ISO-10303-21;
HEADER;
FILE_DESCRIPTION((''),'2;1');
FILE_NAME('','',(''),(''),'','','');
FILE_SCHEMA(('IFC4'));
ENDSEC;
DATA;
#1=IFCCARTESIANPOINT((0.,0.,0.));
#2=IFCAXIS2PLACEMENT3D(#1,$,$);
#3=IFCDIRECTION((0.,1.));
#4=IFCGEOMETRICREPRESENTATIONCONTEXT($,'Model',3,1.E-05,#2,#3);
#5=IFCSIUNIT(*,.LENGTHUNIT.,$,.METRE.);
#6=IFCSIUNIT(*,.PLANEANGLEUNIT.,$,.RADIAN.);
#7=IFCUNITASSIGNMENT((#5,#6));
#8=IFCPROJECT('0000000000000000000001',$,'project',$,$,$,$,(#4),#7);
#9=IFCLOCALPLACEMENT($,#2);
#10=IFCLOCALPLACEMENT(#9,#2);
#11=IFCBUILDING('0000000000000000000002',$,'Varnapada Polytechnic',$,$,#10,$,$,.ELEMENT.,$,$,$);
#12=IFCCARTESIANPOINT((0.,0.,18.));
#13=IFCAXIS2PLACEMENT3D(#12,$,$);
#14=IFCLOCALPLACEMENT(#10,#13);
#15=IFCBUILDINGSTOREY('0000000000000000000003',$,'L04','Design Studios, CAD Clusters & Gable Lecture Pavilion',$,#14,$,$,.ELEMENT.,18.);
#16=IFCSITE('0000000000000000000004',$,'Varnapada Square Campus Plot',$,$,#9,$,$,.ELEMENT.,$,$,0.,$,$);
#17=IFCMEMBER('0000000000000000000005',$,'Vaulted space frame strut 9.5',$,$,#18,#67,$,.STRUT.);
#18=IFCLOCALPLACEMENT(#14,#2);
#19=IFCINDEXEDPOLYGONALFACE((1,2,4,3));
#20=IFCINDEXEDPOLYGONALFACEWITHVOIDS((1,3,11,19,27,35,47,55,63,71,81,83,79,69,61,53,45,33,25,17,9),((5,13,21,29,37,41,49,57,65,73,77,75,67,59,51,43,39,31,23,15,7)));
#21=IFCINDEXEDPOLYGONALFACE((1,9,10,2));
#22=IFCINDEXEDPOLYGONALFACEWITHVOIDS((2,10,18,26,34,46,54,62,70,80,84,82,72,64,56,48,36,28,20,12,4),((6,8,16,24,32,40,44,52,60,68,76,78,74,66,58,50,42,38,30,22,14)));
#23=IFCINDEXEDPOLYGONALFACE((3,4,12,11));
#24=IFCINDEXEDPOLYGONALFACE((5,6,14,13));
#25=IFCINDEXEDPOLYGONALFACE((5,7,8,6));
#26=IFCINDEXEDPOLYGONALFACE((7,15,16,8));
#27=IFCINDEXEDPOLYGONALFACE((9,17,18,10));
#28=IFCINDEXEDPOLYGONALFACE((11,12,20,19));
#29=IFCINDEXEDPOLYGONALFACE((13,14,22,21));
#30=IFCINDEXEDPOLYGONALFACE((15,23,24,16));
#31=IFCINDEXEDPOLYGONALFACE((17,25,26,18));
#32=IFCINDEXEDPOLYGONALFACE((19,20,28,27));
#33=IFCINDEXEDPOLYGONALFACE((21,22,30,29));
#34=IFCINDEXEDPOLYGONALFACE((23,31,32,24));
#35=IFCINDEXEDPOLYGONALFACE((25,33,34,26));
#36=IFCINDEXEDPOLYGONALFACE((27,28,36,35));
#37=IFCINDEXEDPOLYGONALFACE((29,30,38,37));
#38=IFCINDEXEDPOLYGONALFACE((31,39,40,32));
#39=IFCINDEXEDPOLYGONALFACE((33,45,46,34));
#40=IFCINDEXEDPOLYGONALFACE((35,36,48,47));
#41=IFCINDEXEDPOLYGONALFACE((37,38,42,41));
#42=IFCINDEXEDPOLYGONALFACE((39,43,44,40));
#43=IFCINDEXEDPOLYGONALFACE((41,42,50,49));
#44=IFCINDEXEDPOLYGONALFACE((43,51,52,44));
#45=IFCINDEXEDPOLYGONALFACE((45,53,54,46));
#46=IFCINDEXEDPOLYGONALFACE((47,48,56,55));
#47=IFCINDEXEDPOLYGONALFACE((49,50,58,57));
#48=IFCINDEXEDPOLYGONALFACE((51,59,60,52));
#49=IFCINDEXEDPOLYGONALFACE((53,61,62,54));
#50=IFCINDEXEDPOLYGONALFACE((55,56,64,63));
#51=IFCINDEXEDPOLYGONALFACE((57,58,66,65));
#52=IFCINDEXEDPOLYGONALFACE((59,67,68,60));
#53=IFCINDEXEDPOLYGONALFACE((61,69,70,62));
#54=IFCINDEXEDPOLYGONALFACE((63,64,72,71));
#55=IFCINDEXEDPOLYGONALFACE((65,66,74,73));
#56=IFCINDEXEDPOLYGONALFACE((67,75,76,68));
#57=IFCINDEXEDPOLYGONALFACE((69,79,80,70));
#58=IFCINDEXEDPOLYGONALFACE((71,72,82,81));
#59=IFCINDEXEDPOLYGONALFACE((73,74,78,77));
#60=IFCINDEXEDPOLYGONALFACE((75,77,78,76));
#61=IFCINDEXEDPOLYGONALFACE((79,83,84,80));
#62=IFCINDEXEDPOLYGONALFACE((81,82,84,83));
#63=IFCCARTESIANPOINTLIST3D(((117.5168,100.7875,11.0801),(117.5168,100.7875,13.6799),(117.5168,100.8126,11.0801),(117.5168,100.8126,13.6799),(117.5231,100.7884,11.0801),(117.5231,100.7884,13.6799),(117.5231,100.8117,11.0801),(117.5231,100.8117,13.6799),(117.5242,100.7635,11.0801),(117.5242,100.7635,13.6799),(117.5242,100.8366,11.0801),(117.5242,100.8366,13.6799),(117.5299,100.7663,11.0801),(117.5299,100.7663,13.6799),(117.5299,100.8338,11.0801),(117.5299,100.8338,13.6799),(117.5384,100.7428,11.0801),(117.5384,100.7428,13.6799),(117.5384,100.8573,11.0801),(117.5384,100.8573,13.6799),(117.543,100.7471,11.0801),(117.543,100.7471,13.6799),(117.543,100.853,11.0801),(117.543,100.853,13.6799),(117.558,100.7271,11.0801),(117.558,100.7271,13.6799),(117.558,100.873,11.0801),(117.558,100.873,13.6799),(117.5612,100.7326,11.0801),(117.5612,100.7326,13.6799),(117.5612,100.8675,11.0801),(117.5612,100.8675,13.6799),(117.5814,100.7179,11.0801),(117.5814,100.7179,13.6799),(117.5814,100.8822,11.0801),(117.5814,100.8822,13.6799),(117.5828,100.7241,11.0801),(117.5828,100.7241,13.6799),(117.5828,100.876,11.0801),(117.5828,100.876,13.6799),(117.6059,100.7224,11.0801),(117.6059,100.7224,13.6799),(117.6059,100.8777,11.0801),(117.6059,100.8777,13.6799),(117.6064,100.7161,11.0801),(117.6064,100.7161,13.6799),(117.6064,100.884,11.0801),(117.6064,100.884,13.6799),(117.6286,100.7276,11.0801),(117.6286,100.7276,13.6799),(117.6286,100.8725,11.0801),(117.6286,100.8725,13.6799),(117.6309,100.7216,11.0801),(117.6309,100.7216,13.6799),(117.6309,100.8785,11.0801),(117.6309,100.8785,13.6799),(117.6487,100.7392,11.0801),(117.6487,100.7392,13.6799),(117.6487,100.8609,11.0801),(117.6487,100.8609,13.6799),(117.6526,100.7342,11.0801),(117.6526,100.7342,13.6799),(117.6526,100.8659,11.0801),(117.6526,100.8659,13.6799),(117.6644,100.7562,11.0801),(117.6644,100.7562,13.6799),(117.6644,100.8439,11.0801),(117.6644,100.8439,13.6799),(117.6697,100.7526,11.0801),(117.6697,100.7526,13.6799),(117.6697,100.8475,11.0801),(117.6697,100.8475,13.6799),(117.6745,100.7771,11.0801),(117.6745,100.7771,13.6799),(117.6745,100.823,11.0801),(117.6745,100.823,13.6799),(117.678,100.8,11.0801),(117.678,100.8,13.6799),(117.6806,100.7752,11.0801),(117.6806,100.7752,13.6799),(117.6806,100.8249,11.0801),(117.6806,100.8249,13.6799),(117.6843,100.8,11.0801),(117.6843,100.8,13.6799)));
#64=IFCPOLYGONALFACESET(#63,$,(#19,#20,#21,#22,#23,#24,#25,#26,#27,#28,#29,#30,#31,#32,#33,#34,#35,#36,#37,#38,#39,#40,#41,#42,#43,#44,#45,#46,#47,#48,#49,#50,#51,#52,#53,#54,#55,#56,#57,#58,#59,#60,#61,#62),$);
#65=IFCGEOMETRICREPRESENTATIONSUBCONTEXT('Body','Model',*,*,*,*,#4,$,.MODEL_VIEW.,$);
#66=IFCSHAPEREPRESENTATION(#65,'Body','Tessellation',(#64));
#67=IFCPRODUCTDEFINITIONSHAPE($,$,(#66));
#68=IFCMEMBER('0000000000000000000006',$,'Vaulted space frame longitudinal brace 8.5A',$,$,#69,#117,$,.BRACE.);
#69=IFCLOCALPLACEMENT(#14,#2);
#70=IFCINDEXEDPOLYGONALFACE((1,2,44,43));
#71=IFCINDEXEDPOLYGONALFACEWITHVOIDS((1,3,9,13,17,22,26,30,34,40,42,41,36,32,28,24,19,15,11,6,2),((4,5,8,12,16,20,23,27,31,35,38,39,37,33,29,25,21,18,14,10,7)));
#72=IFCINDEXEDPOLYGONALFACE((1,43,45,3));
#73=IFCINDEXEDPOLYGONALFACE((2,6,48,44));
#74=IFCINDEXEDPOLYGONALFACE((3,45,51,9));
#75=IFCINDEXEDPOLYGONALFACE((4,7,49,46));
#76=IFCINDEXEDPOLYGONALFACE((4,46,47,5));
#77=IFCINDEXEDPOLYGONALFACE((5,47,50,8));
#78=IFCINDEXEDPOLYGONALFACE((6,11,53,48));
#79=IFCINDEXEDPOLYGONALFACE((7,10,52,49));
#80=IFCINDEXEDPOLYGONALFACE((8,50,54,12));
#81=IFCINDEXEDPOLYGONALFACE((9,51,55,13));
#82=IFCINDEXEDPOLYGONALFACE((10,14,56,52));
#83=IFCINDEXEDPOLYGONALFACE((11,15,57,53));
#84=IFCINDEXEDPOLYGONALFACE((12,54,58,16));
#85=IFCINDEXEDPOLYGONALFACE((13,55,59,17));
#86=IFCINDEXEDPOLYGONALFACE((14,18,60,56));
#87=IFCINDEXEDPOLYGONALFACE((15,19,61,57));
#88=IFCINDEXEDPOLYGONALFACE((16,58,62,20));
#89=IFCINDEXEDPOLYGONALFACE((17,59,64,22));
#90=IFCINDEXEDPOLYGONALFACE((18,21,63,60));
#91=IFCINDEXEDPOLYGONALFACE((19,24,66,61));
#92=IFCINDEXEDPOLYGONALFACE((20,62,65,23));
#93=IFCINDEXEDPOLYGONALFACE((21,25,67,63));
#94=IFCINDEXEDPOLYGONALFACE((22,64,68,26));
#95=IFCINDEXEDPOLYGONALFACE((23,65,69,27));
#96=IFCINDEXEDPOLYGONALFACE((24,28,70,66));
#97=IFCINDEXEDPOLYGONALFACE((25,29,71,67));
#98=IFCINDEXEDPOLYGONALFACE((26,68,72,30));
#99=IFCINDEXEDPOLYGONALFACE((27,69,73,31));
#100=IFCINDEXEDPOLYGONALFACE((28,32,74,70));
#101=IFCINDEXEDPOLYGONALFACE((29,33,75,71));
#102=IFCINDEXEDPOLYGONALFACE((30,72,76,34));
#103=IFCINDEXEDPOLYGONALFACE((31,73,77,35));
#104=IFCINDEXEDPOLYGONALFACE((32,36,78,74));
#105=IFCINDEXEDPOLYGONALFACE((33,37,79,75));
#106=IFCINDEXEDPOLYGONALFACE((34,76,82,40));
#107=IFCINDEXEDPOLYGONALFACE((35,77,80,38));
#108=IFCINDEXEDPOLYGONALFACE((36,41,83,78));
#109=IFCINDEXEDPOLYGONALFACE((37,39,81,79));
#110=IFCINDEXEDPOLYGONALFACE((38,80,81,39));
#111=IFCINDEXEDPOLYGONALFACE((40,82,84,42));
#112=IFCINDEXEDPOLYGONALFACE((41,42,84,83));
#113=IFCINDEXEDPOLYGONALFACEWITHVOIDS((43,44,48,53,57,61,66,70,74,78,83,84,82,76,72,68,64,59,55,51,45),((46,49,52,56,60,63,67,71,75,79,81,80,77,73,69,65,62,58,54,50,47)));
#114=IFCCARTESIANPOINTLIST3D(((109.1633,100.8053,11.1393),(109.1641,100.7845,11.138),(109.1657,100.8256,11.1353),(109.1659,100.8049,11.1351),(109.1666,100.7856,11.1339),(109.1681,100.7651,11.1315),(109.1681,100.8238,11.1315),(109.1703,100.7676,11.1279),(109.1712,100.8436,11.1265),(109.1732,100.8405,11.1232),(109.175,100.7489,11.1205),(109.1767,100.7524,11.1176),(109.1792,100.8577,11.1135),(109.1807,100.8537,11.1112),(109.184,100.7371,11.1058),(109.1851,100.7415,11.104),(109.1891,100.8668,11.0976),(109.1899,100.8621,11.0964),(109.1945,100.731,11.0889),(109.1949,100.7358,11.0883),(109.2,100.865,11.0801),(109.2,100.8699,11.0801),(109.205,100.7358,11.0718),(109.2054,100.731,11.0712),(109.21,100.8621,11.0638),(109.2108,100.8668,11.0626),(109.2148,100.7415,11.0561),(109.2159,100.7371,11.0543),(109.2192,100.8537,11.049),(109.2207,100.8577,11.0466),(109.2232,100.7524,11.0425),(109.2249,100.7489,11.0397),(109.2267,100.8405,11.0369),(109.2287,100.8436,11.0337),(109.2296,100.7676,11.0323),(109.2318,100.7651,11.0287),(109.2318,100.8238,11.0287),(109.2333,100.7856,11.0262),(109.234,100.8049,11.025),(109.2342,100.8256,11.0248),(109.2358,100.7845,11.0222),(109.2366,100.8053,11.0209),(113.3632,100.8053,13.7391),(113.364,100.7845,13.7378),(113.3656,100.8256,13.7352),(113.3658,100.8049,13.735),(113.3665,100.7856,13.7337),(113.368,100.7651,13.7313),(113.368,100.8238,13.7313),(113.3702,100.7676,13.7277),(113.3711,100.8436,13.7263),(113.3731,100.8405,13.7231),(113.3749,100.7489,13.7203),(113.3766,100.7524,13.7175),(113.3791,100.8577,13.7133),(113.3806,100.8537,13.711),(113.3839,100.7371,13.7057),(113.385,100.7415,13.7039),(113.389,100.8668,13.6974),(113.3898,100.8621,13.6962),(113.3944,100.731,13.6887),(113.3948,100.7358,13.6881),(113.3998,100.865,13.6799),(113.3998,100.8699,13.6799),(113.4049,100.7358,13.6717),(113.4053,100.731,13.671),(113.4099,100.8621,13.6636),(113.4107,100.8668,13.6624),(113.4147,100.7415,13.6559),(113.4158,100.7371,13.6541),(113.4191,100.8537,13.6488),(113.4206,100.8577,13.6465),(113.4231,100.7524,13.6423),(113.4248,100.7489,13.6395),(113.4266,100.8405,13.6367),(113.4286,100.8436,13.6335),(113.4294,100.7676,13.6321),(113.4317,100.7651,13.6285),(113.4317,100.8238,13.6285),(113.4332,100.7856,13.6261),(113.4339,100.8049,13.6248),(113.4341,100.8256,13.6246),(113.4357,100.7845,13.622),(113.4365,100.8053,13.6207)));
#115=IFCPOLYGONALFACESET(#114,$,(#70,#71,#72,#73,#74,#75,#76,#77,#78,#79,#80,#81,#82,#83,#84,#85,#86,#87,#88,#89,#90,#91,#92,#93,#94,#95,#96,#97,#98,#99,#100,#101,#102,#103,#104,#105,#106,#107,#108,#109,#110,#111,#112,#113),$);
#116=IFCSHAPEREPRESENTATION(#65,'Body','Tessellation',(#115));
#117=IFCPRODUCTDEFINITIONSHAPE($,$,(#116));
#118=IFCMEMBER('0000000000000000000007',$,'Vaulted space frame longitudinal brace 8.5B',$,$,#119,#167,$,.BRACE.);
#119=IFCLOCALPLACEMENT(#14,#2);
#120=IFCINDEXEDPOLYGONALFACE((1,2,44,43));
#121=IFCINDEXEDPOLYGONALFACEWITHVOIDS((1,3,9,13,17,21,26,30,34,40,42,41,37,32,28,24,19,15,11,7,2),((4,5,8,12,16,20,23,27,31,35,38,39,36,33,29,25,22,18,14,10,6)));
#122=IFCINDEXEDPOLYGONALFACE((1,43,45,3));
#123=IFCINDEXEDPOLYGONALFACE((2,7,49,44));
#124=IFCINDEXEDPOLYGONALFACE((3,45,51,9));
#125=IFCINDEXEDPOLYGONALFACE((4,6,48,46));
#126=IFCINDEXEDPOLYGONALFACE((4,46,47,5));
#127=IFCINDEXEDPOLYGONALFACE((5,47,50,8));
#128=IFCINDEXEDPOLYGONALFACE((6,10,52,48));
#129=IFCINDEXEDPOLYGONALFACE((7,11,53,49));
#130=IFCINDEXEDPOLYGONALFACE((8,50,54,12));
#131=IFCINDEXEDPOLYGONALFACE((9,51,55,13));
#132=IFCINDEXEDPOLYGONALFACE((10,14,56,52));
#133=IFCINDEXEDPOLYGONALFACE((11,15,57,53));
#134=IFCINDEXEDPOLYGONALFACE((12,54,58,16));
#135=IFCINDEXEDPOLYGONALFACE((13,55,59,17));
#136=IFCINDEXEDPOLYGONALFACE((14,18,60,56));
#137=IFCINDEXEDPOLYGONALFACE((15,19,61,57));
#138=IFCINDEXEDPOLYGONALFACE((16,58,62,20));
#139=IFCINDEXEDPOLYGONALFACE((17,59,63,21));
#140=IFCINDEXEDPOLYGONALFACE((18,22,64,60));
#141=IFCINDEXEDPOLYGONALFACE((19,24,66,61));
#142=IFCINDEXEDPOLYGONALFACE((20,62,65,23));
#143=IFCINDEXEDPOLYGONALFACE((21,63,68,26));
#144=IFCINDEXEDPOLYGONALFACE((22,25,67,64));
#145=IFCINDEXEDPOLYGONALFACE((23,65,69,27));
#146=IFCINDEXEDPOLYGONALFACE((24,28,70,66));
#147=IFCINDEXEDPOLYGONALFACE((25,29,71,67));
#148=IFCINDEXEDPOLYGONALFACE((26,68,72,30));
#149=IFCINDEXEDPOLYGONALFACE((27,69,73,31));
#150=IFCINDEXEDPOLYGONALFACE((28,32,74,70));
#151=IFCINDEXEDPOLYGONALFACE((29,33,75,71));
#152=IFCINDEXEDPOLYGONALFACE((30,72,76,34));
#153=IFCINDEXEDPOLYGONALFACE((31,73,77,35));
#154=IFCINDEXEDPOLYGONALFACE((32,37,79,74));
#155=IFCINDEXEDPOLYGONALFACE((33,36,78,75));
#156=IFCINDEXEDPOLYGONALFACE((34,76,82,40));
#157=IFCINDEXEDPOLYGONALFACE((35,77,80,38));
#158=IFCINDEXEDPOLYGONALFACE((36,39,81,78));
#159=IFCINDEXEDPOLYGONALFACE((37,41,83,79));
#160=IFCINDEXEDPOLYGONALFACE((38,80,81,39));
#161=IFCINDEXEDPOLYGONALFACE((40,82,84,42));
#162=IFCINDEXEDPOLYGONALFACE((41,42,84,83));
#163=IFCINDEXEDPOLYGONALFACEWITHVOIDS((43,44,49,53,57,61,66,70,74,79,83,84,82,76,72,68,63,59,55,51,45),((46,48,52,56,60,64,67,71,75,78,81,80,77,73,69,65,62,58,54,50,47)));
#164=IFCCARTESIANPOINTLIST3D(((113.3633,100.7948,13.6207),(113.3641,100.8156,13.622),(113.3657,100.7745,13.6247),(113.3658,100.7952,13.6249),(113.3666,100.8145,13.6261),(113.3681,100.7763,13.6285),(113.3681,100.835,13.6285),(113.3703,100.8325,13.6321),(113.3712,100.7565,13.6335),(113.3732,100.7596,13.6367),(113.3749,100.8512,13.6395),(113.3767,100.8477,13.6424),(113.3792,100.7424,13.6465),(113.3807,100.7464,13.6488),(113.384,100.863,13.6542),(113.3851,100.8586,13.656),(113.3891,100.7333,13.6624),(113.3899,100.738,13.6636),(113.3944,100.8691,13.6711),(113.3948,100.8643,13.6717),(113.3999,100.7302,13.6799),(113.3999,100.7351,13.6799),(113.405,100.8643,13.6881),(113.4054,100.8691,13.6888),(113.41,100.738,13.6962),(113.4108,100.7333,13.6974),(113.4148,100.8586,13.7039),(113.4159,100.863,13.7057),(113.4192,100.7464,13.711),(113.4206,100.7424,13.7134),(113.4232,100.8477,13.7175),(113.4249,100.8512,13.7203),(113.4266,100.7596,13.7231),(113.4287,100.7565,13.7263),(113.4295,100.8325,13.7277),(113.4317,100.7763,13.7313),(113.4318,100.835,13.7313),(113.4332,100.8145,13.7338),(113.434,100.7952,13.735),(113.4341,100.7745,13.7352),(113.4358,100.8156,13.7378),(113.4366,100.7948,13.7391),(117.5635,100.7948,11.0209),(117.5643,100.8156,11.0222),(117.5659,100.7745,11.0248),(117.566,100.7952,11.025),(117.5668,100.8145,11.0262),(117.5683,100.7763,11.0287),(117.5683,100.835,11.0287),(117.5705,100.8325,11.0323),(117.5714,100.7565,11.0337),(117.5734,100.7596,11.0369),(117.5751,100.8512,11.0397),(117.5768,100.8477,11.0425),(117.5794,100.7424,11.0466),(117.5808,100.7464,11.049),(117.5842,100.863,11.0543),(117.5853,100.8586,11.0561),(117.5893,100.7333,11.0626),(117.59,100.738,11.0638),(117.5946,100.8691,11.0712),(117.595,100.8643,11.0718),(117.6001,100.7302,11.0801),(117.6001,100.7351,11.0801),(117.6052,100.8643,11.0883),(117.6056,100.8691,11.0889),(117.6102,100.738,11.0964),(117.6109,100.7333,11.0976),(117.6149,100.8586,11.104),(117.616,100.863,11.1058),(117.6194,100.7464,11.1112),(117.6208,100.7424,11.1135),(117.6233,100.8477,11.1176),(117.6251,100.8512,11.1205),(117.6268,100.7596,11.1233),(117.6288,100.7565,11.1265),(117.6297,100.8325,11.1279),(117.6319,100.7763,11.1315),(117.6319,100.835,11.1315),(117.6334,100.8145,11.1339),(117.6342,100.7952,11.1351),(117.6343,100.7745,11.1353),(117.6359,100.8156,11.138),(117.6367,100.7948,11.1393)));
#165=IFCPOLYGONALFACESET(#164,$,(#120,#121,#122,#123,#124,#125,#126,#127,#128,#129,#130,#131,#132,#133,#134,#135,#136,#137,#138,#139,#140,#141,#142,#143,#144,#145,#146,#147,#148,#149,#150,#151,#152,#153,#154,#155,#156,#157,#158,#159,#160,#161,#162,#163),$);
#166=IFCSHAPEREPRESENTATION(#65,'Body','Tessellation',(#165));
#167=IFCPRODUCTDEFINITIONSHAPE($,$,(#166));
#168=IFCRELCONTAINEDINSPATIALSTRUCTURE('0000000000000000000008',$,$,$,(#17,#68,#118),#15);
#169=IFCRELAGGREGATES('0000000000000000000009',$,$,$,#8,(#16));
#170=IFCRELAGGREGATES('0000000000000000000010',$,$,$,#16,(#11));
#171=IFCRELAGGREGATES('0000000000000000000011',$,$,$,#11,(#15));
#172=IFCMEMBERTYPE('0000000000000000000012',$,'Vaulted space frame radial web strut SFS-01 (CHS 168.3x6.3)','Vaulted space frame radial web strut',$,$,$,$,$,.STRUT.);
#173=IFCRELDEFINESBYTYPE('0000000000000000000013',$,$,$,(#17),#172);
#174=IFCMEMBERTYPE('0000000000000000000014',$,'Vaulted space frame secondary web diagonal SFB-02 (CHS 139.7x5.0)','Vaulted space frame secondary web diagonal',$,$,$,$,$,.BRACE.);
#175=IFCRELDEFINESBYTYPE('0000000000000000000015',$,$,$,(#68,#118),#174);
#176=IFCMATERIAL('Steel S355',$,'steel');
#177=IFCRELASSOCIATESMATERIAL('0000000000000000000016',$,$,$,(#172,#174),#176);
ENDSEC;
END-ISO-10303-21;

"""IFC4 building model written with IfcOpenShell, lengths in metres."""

from ifc_helpers import new_model, si_unit, direction, frame, origin, origin_2d, place, context, subcontext, project, spatial, hollow_circle, extrude, material, material_profile, profile_set, type_object, element, save


model = new_model("IFC4")

# Units and contexts
model_context = context("Model", 3, precision=1e-05, world=origin(), true_north=direction((0.0, 1.0)))
body_context = subcontext(model_context, "Body", "Model", "MODEL_VIEW")
ifc_project = project(units=[si_unit("LENGTHUNIT", "METRE"), si_unit("PLANEANGLEUNIT", "RADIAN")], contexts=[model_context])

# Site, building, storey
site_placement = place(None, origin())
site = spatial("IfcSite", under=ifc_project, at=site_placement, Name="Varnapada Square Campus Plot", CompositionType="ELEMENT", RefElevation=0.0)
building_placement = place(site_placement, origin())
building = spatial("IfcBuilding", under=site, at=building_placement, Name="Varnapada Polytechnic", CompositionType="ELEMENT")
storey_placement = place(building_placement, frame((0.0, 0.0, 18.0)))
storey = spatial("IfcBuildingStorey", under=building, at=storey_placement, Name="L04", Description="Design Studios, CAD Clusters & Gable Lecture Pavilion", CompositionType="ELEMENT", Elevation=18.0)

# Shared definitions
ifc_material = material(Name="Steel S355", Category="steel")

# Members
ifc_material_profile_1 = material_profile(ifc_material, hollow_circle(Radius=0.0842, WallThickness=0.0063, at=origin_2d()), Name="CHS 168.3x6.3")
ifc_profile_set_1 = profile_set([ifc_material_profile_1], Name="Steel S355")
member_type_1 = type_object("IfcMemberType", Name="Vaulted space frame radial web strut SFS-01 (CHS 168.3x6.3)", Description="Vaulted space frame radial web strut", PredefinedType="STRUT", material=ifc_profile_set_1)
for number, where, z_axis, x_axis, name in (
    (1, (117.6001, 100.8, 11.0801), (0.0, 0.0, 1.0), (1.0, 0.0, 0.0), "Vaulted space frame strut 9.5"),
):
    element("IfcMember", number, at=place(storey_placement, frame(where, z_axis=z_axis, x_axis=x_axis)), inside=storey, type_object=member_type_1, Name=name, PredefinedType="STRUT", context=body_context, shape_type="SweptSolid", body=[
        extrude(hollow_circle(Radius=0.0842, WallThickness=0.0063, at=origin_2d()), origin(), (0.0, 0.0, 1.0), 2.5999),
    ])
ifc_material_profile_2 = material_profile(ifc_material, hollow_circle(Radius=0.0698, WallThickness=0.0049, at=origin_2d()), Name="CHS 139.7x5.0")
ifc_profile_set_2 = profile_set([ifc_material_profile_2], Name="Steel S355")
member_type_2 = type_object("IfcMemberType", Name="Vaulted space frame secondary web diagonal SFB-02 (CHS 139.7x5.0)", Description="Vaulted space frame secondary web diagonal", PredefinedType="BRACE", material=ifc_profile_set_2)
member_1_placement = place(storey_placement, frame((109.2, 100.8, 11.0801), z_axis=(0.850276, 0.0, 0.526338), x_axis=(0.0, 1.0, 0.0)))
element("IfcMember", 2, at=member_1_placement, inside=storey, type_object=member_type_2, Name="Vaulted space frame longitudinal brace 8.5A", PredefinedType="BRACE", context=body_context, shape_type="SweptSolid", body=[
    extrude(hollow_circle(Radius=0.0698, WallThickness=0.0049, at=origin_2d()), origin(), (0.0, 0.0, 1.0), 4.9395),
])
for number, where, z_axis, x_axis, name in (
    (3, (117.6001, 100.8, 11.0801), (-0.850289, 0.0, 0.526315), (0.0, -1.0, 0.0), "Vaulted space frame longitudinal brace 8.5B"),
):
    element("IfcMember", number, at=place(storey_placement, frame(where, z_axis=z_axis, x_axis=x_axis)), inside=storey, type_object=member_type_2, Name=name, PredefinedType="BRACE", context=body_context, shape_type="SweptSolid", body=[
        extrude(hollow_circle(Radius=0.0698, WallThickness=0.0049, at=origin_2d()), origin(), (0.0, 0.0, 1.0), 4.9397),
    ])

save(model, "model.ifc")
